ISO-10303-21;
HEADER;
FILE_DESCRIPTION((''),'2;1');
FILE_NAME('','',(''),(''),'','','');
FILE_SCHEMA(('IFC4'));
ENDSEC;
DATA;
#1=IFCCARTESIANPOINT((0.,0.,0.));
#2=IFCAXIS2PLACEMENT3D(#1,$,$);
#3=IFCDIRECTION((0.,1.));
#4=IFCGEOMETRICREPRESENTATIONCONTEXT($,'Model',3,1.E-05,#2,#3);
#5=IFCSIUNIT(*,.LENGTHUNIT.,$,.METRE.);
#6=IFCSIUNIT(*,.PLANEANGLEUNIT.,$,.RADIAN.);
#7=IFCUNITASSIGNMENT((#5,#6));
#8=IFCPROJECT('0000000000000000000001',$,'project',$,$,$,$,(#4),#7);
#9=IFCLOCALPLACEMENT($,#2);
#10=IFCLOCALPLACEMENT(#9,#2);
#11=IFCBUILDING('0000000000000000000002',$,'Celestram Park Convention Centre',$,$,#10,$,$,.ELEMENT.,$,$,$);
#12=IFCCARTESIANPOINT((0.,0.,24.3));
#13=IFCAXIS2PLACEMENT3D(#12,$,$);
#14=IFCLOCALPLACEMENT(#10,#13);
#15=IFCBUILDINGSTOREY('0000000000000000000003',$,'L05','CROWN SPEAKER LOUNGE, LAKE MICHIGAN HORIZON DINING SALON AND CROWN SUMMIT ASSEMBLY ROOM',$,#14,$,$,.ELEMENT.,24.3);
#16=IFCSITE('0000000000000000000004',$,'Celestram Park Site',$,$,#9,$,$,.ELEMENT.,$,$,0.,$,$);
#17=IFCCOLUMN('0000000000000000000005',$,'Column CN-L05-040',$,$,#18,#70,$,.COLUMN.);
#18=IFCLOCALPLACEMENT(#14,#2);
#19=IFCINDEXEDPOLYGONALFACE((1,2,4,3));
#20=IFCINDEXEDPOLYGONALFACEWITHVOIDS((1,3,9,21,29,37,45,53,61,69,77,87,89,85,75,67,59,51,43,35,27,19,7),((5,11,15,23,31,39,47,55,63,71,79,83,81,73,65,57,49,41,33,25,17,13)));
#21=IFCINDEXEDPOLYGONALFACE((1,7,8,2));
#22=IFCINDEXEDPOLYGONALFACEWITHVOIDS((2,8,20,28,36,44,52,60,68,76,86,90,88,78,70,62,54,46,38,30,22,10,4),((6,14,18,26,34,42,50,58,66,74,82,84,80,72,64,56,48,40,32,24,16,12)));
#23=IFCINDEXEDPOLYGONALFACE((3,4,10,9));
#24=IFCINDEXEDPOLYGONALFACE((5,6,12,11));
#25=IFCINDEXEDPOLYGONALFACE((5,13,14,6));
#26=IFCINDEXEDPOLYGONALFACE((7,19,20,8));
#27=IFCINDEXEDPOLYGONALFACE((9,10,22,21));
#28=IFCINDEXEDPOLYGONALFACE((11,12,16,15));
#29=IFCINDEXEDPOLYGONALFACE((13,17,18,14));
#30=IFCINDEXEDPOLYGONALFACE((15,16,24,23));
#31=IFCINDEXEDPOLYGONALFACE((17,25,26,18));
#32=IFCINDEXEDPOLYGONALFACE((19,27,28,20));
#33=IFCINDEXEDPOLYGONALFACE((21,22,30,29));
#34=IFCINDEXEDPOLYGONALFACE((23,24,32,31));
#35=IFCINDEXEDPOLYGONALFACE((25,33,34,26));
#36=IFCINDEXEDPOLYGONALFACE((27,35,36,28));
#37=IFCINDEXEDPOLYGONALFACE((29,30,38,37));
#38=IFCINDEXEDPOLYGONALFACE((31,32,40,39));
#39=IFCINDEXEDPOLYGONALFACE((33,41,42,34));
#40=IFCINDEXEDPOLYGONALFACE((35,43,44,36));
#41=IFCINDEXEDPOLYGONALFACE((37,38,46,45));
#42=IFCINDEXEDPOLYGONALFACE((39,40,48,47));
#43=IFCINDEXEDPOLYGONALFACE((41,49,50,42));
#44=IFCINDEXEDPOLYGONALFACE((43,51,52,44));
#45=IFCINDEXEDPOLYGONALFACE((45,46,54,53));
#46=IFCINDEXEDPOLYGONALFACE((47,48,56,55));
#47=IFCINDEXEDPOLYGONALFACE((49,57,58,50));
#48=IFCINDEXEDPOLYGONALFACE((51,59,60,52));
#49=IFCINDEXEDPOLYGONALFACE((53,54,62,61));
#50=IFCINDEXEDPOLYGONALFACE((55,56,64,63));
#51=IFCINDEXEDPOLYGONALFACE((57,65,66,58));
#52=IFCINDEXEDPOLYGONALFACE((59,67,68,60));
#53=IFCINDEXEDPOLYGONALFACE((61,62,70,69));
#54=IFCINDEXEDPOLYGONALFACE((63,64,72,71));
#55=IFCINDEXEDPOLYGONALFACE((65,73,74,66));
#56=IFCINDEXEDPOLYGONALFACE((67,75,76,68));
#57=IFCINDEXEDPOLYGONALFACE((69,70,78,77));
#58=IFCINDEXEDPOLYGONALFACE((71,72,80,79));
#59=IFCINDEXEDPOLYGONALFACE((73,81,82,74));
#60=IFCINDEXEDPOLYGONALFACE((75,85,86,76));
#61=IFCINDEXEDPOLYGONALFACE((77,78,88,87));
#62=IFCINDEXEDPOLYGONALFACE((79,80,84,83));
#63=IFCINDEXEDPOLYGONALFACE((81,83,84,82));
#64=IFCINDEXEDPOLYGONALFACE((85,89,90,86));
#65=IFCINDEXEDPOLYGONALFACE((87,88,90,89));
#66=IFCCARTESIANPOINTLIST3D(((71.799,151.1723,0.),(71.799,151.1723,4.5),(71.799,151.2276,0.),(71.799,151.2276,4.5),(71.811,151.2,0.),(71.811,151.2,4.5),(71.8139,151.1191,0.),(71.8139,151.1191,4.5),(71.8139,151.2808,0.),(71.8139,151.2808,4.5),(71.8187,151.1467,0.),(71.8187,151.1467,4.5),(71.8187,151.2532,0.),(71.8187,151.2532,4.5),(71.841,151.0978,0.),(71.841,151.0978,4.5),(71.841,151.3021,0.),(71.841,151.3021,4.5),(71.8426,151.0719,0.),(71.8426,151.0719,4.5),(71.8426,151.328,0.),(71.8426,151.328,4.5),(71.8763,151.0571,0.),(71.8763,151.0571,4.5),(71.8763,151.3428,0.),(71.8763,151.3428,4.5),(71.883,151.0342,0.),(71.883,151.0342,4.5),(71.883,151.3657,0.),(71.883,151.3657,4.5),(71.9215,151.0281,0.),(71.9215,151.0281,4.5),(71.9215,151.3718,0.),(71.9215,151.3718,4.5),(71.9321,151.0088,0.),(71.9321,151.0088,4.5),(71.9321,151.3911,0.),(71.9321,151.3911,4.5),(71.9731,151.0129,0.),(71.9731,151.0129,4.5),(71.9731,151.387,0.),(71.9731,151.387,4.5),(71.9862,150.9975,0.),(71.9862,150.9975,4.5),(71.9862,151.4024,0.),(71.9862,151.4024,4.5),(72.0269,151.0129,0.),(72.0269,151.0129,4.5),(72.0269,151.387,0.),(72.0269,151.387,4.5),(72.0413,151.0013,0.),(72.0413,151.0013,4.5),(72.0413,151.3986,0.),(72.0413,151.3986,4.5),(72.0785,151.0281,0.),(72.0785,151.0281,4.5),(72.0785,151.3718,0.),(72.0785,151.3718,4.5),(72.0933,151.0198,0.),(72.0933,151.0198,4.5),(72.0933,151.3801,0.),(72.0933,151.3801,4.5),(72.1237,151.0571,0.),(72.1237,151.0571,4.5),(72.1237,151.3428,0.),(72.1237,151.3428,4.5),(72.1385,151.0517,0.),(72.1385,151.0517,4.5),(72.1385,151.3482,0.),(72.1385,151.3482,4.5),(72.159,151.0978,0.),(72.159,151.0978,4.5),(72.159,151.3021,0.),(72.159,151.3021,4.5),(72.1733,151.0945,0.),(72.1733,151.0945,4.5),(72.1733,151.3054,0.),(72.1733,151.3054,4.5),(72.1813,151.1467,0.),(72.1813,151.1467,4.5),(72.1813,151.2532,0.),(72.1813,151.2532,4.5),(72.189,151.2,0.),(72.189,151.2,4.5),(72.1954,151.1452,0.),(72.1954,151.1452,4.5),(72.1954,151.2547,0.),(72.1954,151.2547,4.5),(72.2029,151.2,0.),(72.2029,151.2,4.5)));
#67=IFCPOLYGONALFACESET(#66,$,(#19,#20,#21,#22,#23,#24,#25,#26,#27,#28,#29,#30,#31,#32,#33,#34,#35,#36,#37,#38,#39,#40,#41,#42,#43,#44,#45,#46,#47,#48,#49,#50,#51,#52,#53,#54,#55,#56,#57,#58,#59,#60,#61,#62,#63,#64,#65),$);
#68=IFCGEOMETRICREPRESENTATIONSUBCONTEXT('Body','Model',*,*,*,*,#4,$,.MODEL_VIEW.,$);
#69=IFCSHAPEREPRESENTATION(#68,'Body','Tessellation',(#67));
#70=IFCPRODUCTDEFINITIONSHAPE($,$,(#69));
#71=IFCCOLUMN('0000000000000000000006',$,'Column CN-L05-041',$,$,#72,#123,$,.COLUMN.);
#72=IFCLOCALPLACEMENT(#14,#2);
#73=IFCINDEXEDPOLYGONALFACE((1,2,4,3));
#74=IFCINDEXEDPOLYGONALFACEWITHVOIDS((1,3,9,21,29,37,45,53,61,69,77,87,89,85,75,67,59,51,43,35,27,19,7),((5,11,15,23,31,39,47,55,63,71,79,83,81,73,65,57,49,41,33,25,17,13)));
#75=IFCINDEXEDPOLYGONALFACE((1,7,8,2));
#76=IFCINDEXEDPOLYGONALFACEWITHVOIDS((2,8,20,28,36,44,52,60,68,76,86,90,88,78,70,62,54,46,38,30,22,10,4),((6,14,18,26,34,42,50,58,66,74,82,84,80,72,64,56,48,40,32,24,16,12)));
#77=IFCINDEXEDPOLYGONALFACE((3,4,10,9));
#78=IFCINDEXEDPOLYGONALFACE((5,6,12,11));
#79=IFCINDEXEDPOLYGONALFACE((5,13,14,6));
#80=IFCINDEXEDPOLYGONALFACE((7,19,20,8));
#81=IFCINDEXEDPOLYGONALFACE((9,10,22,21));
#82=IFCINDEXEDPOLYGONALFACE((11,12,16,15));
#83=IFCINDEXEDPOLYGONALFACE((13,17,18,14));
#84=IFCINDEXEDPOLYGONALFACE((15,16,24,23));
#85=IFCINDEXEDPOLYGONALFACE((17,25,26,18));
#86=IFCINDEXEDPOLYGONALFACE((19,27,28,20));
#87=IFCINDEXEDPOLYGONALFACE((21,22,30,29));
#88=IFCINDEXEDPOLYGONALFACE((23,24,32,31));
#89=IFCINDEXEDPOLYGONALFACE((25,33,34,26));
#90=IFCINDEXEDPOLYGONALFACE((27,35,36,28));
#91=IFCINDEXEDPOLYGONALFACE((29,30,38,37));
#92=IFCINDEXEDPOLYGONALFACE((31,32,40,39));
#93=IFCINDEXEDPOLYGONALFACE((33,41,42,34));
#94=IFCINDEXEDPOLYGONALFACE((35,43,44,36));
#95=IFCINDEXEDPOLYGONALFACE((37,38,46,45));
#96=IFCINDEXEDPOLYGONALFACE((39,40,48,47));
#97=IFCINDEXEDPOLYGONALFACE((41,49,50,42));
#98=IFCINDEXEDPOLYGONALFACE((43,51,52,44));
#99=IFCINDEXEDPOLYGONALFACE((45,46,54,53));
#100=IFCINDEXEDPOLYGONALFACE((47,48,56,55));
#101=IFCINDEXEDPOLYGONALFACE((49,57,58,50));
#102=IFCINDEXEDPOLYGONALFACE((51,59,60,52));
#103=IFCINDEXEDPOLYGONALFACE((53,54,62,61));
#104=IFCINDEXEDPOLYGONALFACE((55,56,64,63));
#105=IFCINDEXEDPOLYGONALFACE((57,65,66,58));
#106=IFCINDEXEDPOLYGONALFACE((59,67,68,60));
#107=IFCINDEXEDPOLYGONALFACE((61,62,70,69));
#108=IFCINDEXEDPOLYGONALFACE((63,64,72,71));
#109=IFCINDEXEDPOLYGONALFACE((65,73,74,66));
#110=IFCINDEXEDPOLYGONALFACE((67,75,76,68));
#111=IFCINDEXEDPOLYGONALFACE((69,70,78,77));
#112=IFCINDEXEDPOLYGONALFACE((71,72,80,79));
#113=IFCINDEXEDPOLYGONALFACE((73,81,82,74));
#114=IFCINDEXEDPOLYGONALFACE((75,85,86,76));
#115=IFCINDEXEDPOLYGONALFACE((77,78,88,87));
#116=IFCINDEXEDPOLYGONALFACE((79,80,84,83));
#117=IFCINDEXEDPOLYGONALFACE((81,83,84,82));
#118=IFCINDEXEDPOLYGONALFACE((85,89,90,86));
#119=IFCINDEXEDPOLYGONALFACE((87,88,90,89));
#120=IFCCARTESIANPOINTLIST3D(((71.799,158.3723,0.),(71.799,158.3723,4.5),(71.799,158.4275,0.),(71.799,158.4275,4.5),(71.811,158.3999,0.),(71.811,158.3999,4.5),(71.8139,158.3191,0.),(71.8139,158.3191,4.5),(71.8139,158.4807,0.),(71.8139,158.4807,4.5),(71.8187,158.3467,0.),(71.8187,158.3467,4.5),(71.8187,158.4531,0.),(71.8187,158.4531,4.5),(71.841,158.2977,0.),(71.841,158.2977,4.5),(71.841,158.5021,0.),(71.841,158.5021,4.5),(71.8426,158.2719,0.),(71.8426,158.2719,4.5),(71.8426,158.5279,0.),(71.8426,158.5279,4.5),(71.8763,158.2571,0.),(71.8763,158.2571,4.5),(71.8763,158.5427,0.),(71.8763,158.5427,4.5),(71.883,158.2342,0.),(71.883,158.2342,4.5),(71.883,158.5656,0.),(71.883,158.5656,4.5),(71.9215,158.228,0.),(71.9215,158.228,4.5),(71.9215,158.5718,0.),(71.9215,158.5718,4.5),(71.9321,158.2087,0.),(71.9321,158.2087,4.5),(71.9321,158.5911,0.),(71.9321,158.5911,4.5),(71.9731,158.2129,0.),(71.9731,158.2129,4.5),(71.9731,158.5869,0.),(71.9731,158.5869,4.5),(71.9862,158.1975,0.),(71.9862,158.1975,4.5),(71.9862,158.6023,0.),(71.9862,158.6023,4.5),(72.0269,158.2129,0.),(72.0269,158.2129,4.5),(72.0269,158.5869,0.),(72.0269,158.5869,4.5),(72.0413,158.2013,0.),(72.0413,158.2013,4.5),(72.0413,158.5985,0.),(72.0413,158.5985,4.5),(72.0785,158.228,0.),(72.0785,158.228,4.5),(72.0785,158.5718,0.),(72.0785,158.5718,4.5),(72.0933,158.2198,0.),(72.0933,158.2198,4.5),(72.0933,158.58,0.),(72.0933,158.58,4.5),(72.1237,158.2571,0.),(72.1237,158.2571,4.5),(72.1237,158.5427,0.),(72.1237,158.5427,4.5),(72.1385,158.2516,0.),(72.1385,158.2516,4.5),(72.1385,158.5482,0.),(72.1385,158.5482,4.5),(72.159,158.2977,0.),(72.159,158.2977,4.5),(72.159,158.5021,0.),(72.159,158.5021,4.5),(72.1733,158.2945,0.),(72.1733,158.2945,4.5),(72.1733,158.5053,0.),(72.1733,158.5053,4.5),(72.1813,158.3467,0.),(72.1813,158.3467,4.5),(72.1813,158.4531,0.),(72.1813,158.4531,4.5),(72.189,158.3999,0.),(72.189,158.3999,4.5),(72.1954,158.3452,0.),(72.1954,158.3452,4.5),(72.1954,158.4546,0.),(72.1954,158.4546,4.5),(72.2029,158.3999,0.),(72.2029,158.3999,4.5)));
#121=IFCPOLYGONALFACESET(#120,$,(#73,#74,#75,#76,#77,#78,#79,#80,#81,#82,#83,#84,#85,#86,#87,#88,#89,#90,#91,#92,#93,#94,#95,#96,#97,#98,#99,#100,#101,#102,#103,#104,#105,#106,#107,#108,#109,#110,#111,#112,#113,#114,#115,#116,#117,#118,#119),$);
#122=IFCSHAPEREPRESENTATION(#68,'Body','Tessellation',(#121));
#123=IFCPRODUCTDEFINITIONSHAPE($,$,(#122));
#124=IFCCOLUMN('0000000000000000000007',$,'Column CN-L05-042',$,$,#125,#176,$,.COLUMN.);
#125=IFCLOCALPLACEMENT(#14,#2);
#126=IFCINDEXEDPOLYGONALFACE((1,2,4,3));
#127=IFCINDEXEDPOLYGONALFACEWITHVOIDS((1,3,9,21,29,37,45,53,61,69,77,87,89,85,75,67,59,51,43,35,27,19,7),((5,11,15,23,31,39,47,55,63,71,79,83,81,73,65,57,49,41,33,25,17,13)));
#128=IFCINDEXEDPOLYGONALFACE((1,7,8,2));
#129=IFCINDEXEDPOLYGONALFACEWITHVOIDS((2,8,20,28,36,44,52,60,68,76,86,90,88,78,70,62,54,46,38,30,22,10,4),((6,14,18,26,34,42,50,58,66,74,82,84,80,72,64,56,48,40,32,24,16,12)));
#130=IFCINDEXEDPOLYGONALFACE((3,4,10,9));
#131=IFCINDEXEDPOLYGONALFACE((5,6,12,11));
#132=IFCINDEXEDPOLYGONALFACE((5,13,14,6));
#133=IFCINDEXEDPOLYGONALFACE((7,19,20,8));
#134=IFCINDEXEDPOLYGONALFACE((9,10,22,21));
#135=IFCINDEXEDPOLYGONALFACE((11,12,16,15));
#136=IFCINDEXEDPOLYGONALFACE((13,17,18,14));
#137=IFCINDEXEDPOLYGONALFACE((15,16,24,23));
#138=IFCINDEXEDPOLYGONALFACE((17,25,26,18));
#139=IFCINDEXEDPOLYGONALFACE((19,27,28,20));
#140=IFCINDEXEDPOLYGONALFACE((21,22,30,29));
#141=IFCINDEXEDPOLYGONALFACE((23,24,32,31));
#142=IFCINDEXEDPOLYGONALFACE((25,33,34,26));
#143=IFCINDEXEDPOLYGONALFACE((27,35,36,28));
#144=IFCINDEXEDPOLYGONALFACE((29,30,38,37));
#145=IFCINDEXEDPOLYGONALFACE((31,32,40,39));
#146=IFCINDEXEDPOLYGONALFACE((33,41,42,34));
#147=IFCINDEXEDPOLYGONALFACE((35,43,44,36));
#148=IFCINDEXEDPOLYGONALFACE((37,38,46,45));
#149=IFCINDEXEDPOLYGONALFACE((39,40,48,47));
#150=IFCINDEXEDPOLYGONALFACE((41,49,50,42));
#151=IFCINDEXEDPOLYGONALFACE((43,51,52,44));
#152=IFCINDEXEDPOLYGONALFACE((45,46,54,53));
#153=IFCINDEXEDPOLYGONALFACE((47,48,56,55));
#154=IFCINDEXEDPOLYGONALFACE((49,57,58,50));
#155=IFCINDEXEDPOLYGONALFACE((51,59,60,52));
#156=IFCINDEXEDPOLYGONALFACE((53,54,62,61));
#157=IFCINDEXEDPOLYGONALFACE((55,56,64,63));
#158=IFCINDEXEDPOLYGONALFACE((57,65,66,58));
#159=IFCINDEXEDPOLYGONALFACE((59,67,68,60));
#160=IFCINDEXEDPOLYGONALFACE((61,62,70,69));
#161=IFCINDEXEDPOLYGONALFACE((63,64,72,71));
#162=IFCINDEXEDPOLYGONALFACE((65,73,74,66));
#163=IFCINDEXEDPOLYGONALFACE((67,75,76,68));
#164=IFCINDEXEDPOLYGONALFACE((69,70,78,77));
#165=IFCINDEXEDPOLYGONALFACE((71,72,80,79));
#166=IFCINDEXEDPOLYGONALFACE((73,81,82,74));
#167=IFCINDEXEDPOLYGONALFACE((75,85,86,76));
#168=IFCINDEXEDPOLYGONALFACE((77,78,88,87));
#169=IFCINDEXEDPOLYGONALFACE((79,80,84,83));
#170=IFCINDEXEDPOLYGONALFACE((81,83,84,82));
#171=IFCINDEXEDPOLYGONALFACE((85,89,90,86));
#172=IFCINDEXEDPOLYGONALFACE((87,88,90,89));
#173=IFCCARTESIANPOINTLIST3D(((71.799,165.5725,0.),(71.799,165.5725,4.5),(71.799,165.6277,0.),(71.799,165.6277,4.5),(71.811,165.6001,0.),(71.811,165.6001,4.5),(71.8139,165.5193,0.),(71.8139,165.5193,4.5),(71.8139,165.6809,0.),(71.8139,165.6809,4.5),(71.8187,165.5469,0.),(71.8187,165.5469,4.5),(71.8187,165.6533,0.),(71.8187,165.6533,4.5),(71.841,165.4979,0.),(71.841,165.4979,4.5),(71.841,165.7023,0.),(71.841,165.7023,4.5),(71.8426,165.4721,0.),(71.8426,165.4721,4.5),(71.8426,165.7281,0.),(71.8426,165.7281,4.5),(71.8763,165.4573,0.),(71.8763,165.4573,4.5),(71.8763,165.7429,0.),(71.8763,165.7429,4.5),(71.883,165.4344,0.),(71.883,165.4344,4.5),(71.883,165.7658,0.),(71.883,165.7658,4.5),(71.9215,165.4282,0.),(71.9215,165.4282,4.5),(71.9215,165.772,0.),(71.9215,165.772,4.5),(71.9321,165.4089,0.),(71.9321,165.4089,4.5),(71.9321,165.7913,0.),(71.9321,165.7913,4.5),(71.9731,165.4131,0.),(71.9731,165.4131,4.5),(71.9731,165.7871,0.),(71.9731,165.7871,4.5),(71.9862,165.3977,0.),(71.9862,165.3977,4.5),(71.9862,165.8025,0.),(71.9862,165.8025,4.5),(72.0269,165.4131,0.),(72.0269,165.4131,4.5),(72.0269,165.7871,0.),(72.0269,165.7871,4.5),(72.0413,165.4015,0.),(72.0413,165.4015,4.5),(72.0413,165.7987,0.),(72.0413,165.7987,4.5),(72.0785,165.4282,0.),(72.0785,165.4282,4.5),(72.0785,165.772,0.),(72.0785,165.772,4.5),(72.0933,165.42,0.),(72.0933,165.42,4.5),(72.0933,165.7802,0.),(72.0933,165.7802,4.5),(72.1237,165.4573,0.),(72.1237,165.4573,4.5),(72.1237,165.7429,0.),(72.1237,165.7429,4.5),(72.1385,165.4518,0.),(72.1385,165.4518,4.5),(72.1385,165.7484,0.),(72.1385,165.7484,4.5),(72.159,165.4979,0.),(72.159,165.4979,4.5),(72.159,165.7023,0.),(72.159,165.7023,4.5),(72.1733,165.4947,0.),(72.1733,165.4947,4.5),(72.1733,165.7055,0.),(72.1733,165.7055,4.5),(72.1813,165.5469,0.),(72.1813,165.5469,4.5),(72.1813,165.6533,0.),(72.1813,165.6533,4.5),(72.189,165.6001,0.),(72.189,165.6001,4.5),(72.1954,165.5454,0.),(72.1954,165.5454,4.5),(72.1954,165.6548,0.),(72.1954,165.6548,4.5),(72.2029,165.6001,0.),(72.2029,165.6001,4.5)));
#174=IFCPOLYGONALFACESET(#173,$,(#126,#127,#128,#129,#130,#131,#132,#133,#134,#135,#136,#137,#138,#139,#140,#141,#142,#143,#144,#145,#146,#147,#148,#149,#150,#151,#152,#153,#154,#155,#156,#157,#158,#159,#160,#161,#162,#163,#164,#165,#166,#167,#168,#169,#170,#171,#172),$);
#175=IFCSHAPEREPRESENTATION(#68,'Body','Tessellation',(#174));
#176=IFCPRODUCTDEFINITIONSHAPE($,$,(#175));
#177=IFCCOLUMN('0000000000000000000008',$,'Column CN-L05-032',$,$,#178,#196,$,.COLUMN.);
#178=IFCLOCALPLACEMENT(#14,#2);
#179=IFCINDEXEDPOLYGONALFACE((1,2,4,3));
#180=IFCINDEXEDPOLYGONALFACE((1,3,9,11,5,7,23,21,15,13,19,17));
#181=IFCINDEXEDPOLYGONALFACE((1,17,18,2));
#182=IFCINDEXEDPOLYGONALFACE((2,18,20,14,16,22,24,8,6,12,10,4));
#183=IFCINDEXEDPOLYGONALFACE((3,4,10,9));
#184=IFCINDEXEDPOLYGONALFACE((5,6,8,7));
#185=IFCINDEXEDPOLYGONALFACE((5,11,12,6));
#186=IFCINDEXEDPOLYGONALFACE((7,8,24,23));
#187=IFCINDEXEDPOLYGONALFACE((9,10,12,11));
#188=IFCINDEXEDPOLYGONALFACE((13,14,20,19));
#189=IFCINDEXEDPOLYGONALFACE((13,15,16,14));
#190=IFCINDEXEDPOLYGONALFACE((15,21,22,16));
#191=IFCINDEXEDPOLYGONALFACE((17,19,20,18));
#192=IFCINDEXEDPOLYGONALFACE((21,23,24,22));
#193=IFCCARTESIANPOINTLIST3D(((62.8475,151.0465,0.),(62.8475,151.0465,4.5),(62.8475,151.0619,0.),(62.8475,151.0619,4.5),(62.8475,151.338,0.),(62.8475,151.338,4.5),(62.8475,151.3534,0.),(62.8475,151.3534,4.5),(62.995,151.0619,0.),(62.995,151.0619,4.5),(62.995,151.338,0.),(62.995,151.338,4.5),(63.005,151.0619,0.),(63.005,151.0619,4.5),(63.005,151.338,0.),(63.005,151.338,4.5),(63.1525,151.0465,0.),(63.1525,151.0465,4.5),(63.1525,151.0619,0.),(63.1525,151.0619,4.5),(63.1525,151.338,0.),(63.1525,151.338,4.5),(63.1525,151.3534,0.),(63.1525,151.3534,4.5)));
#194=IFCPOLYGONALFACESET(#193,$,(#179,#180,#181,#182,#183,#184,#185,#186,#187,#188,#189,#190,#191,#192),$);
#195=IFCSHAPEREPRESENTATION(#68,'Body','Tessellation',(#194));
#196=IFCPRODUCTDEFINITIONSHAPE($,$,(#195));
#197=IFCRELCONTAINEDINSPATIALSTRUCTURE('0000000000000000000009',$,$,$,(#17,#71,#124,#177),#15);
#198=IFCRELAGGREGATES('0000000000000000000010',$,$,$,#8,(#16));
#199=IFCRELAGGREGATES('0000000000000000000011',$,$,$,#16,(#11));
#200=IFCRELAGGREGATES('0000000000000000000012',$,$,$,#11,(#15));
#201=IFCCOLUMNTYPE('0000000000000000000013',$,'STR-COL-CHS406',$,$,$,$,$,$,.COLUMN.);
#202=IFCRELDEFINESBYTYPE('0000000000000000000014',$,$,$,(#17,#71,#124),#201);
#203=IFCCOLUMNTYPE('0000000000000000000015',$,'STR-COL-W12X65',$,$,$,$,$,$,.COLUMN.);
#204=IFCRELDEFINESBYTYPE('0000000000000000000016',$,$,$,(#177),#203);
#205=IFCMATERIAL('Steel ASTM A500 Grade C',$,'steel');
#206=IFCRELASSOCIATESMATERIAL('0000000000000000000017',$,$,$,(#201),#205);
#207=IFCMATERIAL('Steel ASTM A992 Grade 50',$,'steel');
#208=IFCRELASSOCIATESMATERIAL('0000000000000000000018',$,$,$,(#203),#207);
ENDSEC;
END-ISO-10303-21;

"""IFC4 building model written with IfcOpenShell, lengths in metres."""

from ifc_helpers import new_model, si_unit, direction, frame, origin, origin_2d, place, context, subcontext, project, spatial, hollow_circle, i_section, extrude, material, material_profile, profile_set, type_object, element, save


model = new_model("IFC4")

# Units and contexts
model_context = context("Model", 3, precision=1e-05, world=origin(), true_north=direction((0.0, 1.0)))
body_context = subcontext(model_context, "Body", "Model", "MODEL_VIEW")
ifc_project = project(units=[si_unit("LENGTHUNIT", "METRE"), si_unit("PLANEANGLEUNIT", "RADIAN")], contexts=[model_context])

# Site, building, storey
site_placement = place(None, origin())
site = spatial("IfcSite", under=ifc_project, at=site_placement, Name="Celestram Park Site", CompositionType="ELEMENT", RefElevation=0.0)
building_placement = place(site_placement, origin())
building = spatial("IfcBuilding", under=site, at=building_placement, Name="Celestram Park Convention Centre", CompositionType="ELEMENT")
storey_placement = place(building_placement, frame((0.0, 0.0, 24.3)))
storey = spatial("IfcBuildingStorey", under=building, at=storey_placement, Name="L05", Description="CROWN SPEAKER LOUNGE, LAKE MICHIGAN HORIZON DINING SALON AND CROWN SUMMIT ASSEMBLY ROOM", CompositionType="ELEMENT", Elevation=24.3)

# Columns
ifc_material_1 = material(Name="Steel ASTM A500 Grade C", Category="steel")
ifc_material_profile_1 = material_profile(ifc_material_1, hollow_circle(Radius=0.2029, WallThickness=0.0139, at=origin_2d()), Name="CHS406X14")
ifc_profile_set_1 = profile_set([ifc_material_profile_1], Name="Steel ASTM A500 Grade C")
column_type_1 = type_object("IfcColumnType", Name="STR-COL-CHS406", PredefinedType="COLUMN", material=ifc_profile_set_1)
for number, where, z_axis, x_axis, name in (
    (1, (72.0, 151.2, 0.0), (0.0, 0.0, 1.0), (1.0, 0.0, 0.0), "Column CN-L05-040"),
    (2, (72.0, 158.3999, 0.0), (0.0, 0.0, 1.0), (1.0, 0.0, 0.0), "Column CN-L05-041"),
    (3, (72.0, 165.6001, 0.0), (0.0, 0.0, 1.0), (1.0, 0.0, 0.0), "Column CN-L05-042"),
):
    element("IfcColumn", number, at=place(storey_placement, frame(where, z_axis=z_axis, x_axis=x_axis)), inside=storey, type_object=column_type_1, Name=name, PredefinedType="COLUMN", context=body_context, shape_type="SweptSolid", body=[
        extrude(hollow_circle(Radius=0.2029, WallThickness=0.0139, at=origin_2d()), origin(), (0.0, 0.0, 1.0), 4.5),
    ])
ifc_material_2 = material(Name="Steel ASTM A992 Grade 50", Category="steel")
ifc_material_profile_2 = material_profile(ifc_material_2, i_section(OverallWidth=0.3049, OverallDepth=0.3069, WebThickness=0.01, FlangeThickness=0.0154, at=origin_2d()), Name="W12X65")
ifc_profile_set_2 = profile_set([ifc_material_profile_2], Name="Steel ASTM A992 Grade 50")
column_type_2 = type_object("IfcColumnType", Name="STR-COL-W12X65", PredefinedType="COLUMN", material=ifc_profile_set_2)
for number, where, z_axis, x_axis, name in (
    (4, (63.0, 151.2, 0.0), (0.0, 0.0, 1.0), (1.0, 0.0, 0.0), "Column CN-L05-032"),
):
    element("IfcColumn", number, at=place(storey_placement, frame(where, z_axis=z_axis, x_axis=x_axis)), inside=storey, type_object=column_type_2, Name=name, PredefinedType="COLUMN", context=body_context, shape_type="SweptSolid", body=[
        extrude(i_section(OverallWidth=0.3049, OverallDepth=0.3069, WebThickness=0.01, FlangeThickness=0.0154, at=origin_2d()), origin(), (0.0, 0.0, 1.0), 4.5),
    ])

save(model, "model.ifc")
